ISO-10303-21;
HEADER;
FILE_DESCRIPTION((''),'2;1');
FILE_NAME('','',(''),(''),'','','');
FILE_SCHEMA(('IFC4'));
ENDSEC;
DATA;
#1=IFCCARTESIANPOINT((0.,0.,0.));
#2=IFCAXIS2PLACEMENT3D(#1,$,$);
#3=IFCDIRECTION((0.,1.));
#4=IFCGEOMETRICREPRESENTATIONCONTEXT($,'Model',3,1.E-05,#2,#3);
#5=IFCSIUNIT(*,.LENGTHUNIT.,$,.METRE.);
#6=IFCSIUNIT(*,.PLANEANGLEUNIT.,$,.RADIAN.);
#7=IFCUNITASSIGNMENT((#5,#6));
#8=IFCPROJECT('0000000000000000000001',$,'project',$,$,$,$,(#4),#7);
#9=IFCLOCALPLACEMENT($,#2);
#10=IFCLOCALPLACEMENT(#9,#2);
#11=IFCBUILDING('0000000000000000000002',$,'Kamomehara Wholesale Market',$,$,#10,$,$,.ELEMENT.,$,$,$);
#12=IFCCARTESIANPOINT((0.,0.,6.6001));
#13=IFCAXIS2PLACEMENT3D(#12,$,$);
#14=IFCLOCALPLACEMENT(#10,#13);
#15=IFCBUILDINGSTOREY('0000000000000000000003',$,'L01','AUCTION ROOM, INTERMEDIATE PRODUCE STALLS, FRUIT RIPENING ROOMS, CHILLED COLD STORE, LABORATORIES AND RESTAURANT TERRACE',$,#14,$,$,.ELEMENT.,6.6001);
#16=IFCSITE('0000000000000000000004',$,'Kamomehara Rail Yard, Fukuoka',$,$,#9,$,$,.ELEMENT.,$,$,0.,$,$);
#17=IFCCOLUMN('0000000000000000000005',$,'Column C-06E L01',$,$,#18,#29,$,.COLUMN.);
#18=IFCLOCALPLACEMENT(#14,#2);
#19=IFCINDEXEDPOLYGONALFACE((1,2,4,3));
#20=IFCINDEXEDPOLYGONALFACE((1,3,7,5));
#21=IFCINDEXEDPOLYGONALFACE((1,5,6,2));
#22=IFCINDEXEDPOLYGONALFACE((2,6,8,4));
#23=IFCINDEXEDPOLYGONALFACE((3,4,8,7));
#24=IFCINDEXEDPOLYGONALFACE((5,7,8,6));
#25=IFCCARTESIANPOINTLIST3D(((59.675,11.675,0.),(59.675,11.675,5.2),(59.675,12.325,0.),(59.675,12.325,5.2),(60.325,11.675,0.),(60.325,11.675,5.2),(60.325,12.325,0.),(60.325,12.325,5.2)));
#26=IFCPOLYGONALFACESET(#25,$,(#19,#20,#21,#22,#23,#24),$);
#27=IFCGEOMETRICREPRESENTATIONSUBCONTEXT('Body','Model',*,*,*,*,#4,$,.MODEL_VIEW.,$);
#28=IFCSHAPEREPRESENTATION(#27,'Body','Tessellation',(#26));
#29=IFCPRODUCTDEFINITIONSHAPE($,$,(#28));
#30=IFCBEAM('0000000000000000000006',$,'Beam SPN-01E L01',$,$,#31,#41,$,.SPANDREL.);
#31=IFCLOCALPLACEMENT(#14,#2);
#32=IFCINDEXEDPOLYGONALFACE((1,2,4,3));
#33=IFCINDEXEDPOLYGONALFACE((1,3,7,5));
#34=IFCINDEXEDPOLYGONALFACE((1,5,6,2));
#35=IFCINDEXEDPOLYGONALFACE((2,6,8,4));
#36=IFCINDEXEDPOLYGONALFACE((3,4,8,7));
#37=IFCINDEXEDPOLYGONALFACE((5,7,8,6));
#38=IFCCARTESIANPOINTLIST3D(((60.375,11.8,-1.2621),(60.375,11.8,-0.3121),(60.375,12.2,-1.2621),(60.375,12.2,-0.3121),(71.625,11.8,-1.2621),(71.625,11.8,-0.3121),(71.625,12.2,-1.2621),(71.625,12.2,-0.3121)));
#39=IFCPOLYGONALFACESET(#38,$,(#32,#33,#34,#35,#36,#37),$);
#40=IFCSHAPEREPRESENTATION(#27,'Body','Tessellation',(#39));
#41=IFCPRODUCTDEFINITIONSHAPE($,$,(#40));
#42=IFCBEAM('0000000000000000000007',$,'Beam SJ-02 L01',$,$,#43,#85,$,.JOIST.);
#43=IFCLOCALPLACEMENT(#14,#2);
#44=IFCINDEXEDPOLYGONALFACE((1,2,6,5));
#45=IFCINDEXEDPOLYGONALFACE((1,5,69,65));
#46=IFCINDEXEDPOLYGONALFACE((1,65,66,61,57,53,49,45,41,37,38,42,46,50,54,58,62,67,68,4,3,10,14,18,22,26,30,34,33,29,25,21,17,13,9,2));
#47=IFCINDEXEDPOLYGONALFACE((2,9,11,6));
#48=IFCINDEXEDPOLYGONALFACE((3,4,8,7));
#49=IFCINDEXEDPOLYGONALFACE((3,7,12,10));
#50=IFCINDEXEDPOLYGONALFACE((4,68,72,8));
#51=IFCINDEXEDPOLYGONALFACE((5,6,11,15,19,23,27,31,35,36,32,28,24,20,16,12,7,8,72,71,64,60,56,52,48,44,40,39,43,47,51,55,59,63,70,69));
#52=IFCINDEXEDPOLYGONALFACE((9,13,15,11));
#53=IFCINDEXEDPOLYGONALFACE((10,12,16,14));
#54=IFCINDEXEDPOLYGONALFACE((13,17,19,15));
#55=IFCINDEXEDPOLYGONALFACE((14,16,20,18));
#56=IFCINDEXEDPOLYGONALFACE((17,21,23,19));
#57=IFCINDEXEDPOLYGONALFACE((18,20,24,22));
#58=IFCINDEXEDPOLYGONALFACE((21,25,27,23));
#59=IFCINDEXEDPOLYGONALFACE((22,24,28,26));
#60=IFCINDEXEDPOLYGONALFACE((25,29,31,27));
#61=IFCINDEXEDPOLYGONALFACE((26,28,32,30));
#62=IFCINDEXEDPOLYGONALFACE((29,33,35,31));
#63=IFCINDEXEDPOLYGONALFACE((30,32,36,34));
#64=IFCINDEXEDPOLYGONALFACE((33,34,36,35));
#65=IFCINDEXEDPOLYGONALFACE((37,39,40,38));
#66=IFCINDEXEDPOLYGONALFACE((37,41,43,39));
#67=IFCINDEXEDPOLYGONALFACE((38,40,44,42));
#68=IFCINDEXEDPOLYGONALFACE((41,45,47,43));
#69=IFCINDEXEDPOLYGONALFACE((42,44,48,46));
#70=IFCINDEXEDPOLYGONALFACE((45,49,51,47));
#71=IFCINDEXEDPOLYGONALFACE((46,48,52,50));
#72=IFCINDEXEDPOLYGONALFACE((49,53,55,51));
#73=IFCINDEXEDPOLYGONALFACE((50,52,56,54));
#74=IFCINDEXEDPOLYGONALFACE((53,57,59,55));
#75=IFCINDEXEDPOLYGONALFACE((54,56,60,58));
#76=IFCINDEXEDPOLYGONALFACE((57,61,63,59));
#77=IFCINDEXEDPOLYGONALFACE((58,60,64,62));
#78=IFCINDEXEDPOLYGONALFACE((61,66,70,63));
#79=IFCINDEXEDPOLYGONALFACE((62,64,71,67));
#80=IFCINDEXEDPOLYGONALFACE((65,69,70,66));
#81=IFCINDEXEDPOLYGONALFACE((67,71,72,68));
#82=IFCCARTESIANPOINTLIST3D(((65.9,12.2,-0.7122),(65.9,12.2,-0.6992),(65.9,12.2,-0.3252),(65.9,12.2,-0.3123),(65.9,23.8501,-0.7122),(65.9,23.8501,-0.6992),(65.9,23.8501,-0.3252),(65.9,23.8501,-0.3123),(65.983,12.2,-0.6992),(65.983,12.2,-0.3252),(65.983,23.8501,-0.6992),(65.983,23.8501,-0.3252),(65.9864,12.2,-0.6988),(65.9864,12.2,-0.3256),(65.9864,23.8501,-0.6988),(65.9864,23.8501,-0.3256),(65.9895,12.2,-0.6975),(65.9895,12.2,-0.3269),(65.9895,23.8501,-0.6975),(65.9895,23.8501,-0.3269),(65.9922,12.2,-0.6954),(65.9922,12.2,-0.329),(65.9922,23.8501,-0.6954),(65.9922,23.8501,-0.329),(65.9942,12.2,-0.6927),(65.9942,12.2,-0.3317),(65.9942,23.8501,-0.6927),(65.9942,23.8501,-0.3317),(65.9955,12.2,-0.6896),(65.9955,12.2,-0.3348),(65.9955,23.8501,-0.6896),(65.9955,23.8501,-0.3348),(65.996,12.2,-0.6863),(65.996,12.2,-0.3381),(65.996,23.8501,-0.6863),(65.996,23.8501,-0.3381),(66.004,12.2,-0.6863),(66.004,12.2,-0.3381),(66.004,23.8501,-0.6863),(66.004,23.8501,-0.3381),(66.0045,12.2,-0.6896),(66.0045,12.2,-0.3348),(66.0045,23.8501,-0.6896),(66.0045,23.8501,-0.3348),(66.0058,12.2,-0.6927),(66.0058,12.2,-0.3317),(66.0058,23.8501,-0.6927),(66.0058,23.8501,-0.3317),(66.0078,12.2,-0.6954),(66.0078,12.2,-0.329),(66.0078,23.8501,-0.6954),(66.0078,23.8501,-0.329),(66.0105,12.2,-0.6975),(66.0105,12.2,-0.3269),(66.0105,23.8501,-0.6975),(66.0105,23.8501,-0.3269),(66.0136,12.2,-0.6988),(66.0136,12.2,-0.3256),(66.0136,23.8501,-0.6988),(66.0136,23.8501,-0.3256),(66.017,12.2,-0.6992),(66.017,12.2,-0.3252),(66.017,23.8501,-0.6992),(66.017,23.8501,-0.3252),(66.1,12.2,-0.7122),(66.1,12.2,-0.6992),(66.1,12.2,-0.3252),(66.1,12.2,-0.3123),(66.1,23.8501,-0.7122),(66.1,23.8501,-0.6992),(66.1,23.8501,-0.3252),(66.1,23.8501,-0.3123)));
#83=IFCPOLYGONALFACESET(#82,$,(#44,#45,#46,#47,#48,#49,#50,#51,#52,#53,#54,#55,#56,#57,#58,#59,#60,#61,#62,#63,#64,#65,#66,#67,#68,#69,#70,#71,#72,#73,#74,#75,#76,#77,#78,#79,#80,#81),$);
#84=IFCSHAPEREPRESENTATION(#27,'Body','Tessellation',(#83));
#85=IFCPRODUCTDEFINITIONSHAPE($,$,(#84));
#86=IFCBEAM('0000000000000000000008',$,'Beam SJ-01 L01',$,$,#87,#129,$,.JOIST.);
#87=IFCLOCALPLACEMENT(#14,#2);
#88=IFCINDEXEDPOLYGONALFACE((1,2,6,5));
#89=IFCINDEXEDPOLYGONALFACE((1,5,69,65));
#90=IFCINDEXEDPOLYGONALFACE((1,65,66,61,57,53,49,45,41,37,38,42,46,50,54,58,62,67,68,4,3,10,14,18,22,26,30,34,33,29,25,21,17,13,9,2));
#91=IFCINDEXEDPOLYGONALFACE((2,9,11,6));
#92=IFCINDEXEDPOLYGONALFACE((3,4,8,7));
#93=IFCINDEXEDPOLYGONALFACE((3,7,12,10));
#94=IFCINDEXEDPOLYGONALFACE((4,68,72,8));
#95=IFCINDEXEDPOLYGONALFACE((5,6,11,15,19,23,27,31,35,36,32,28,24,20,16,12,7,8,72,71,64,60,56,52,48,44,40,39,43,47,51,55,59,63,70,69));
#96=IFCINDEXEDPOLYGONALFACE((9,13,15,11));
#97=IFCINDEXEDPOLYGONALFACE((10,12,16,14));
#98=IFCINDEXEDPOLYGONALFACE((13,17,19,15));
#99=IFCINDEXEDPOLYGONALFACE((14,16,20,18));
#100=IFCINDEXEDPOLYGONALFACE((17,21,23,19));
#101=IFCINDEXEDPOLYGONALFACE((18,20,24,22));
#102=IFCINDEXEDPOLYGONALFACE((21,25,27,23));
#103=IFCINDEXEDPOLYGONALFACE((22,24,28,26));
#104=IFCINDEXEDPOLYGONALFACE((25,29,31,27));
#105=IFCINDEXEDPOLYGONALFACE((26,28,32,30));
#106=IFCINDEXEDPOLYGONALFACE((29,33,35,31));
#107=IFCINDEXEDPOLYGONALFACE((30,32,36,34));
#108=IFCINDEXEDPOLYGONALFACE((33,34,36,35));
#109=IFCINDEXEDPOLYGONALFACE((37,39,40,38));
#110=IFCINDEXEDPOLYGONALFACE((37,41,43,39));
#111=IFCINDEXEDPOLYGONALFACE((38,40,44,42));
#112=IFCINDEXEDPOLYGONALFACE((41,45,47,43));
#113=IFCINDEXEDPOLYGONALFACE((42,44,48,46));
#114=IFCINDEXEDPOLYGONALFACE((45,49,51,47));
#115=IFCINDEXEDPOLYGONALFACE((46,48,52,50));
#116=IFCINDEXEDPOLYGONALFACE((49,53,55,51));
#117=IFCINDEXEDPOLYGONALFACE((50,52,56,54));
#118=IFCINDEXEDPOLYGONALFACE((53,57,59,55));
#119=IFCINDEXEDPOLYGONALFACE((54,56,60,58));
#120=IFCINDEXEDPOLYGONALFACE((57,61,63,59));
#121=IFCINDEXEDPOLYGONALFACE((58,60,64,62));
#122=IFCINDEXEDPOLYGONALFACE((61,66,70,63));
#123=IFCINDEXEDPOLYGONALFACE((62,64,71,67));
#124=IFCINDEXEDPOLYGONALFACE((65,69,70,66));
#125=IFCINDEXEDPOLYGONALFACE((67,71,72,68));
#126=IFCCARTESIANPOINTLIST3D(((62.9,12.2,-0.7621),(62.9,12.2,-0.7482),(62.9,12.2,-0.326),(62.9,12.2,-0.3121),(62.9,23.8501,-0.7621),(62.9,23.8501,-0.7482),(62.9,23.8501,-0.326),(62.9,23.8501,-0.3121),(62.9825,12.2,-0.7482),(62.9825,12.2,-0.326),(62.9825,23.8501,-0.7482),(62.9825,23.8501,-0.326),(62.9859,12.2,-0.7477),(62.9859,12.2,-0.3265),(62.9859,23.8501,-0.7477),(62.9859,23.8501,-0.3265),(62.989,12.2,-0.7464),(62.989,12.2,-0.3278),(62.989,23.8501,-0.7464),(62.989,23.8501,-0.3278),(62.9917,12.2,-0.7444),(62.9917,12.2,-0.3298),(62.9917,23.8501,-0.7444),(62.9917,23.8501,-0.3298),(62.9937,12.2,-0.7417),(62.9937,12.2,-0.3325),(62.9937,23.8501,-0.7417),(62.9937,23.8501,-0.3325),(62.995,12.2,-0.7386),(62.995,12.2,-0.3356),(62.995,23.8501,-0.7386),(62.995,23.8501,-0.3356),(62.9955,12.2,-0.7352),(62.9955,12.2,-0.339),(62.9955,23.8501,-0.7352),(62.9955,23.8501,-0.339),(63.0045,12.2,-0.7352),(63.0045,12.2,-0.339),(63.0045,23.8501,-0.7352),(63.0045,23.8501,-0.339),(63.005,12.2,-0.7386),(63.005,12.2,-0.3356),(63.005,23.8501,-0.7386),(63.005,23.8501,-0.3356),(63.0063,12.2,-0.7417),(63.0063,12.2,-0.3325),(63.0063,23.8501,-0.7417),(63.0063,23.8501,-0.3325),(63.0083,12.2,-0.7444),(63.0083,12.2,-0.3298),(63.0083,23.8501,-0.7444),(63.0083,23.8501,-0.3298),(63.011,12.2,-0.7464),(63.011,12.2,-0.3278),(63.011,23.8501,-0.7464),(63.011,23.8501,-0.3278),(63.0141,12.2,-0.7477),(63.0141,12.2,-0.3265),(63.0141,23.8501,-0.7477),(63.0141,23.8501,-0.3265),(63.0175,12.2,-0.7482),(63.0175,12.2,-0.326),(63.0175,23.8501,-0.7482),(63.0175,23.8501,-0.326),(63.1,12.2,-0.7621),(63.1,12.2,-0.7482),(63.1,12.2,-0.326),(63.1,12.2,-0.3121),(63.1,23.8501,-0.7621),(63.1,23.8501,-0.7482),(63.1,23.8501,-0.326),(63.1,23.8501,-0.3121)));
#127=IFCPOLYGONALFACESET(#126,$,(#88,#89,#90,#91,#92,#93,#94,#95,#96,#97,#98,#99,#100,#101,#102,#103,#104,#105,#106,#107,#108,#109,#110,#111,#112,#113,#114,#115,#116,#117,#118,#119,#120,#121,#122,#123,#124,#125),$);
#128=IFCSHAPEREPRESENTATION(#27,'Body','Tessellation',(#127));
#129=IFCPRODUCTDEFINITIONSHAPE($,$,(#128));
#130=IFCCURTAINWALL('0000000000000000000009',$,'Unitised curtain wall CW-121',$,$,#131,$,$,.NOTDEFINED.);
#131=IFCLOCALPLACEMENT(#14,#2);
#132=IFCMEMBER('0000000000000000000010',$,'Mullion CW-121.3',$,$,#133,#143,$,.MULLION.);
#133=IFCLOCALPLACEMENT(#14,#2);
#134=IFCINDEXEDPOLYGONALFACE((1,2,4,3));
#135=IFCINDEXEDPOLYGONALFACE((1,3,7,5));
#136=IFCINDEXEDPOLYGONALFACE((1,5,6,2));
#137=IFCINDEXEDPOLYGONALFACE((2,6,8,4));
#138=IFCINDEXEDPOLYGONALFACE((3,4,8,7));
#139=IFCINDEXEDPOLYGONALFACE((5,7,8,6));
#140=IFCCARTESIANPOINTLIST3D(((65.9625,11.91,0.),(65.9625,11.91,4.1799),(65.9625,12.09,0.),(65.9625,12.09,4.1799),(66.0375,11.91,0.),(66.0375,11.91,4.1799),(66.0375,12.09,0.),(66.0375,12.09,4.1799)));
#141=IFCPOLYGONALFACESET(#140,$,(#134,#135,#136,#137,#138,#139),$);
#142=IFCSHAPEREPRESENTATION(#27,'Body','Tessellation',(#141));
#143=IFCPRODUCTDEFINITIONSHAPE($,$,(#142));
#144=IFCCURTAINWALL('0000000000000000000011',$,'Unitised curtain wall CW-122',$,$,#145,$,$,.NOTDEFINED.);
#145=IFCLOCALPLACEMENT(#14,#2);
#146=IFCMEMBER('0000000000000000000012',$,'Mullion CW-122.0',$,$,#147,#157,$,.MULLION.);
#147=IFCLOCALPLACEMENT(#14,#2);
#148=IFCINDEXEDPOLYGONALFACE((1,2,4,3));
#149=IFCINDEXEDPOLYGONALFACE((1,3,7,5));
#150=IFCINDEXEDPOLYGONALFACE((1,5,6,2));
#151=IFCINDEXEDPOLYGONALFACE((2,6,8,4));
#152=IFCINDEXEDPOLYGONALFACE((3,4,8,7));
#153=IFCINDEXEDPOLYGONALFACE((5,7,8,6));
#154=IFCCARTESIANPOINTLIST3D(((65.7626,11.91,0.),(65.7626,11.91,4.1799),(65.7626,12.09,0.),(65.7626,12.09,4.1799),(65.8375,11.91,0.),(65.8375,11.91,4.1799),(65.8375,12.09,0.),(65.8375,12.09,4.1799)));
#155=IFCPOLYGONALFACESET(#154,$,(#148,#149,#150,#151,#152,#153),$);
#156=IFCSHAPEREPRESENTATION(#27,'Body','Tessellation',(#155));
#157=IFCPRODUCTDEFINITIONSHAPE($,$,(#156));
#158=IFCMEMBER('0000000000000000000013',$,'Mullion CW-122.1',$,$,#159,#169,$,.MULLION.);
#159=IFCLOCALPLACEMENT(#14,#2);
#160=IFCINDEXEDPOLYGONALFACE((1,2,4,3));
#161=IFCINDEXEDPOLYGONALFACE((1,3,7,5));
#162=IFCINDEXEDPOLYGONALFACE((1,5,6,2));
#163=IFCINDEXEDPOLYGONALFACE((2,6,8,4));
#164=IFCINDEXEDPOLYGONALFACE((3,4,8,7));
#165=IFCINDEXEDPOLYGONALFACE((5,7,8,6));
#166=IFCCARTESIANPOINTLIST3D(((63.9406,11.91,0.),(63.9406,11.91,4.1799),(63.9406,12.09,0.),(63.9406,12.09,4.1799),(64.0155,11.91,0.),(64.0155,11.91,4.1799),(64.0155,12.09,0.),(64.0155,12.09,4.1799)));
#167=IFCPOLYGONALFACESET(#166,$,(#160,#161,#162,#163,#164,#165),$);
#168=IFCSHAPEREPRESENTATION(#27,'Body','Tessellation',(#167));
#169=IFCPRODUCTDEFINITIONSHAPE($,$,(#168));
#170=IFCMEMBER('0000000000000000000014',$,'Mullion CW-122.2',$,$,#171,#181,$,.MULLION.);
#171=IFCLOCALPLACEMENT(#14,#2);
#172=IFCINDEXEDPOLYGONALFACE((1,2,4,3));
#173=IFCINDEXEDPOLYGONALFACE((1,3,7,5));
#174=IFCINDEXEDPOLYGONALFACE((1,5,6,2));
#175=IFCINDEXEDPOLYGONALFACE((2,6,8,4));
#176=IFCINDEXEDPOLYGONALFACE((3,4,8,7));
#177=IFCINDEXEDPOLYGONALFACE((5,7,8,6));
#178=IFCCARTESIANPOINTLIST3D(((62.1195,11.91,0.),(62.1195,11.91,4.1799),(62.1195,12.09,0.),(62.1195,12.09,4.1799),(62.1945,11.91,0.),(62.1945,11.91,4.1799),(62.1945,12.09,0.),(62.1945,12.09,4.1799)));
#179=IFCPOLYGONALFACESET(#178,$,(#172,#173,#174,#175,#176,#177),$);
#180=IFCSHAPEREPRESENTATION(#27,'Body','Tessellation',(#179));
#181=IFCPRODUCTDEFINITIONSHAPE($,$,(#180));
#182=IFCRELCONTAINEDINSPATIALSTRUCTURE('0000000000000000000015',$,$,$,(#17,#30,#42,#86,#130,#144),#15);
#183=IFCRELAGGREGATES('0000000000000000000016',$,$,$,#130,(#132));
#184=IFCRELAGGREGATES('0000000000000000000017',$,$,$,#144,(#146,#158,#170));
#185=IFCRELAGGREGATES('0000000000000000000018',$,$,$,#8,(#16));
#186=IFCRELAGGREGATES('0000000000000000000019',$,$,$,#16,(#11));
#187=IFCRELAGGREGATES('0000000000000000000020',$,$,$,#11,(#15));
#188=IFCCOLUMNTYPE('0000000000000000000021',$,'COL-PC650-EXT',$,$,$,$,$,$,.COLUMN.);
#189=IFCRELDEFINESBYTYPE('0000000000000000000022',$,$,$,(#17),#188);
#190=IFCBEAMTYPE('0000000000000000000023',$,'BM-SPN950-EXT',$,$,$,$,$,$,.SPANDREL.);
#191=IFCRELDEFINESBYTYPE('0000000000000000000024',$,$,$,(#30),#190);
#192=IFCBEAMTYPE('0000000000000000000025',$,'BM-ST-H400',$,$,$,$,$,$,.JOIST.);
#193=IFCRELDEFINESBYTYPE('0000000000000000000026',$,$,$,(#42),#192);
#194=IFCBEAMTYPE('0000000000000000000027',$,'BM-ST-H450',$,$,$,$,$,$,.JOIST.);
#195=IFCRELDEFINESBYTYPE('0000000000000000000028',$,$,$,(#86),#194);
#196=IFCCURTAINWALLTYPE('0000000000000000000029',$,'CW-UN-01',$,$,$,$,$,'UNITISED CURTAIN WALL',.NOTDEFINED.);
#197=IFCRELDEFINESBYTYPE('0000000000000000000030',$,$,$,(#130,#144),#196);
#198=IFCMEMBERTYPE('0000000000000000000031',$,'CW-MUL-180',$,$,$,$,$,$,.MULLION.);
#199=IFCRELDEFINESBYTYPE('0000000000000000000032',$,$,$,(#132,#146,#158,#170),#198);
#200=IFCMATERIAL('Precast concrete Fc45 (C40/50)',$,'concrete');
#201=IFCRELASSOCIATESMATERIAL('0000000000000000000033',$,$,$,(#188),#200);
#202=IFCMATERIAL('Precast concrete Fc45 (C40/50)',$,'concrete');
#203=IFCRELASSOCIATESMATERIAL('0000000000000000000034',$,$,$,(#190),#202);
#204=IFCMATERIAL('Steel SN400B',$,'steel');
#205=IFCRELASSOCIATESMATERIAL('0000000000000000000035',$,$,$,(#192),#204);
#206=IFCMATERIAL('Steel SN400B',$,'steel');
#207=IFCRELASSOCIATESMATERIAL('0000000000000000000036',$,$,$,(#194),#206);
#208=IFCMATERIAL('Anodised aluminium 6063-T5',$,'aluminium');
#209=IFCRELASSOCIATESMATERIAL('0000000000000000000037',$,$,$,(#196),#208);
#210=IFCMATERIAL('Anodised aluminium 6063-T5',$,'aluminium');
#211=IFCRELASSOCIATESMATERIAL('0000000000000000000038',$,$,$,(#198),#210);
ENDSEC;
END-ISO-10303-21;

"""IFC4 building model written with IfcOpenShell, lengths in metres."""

from ifc_helpers import new_model, si_unit, direction, frame, origin, origin_2d, place, context, subcontext, project, spatial, rectangle, i_section, extrude, material, material_profile, profile_set, type_object, element, aggregate, save


model = new_model("IFC4")

# Units and contexts
model_context = context("Model", 3, precision=1e-05, world=origin(), true_north=direction((0.0, 1.0)))
body_context = subcontext(model_context, "Body", "Model", "MODEL_VIEW")
ifc_project = project(units=[si_unit("LENGTHUNIT", "METRE"), si_unit("PLANEANGLEUNIT", "RADIAN")], contexts=[model_context])

# Site, building, storey
site_placement = place(None, origin())
site = spatial("IfcSite", under=ifc_project, at=site_placement, Name="Kamomehara Rail Yard, Fukuoka", CompositionType="ELEMENT", RefElevation=0.0)
building_placement = place(site_placement, origin())
building = spatial("IfcBuilding", under=site, at=building_placement, Name="Kamomehara Wholesale Market", CompositionType="ELEMENT")
storey_placement = place(building_placement, frame((0.0, 0.0, 6.6001)))
storey = spatial("IfcBuildingStorey", under=building, at=storey_placement, Name="L01", Description="AUCTION ROOM, INTERMEDIATE PRODUCE STALLS, FRUIT RIPENING ROOMS, CHILLED COLD STORE, LABORATORIES AND RESTAURANT TERRACE", CompositionType="ELEMENT", Elevation=6.6001)

# Column
ifc_material_1 = material(Name="Precast concrete Fc45 (C40/50)", Category="concrete")
ifc_material_profile_1 = material_profile(ifc_material_1, rectangle(XDim=0.6499, YDim=0.6499, at=origin_2d()), Name="PC-COL-650x650")
ifc_profile_set_1 = profile_set([ifc_material_profile_1], Name="Precast concrete Fc45 (C40/50)")
column_type = type_object("IfcColumnType", Name="COL-PC650-EXT", PredefinedType="COLUMN", material=ifc_profile_set_1)
column_placement = place(storey_placement, frame((60.0, 12.0, 0.0), z_axis=(0.0, 0.0, 1.0), x_axis=(1.0, 0.0, 0.0)))
element("IfcColumn", 1, at=column_placement, inside=storey, type_object=column_type, Name="Column C-06E L01", PredefinedType="COLUMN", context=body_context, shape_type="SweptSolid", body=[
    extrude(rectangle(XDim=0.6499, YDim=0.6499, at=origin_2d()), origin(), (0.0, 0.0, 1.0), 5.2),
])

# Beams
ifc_material_2 = material(Name="Precast concrete Fc45 (C40/50)", Category="concrete")
ifc_material_profile_2 = material_profile(ifc_material_2, rectangle(XDim=0.3999, YDim=0.95, at=origin_2d()), Name="PC-SPN-400x950")
ifc_profile_set_2 = profile_set([ifc_material_profile_2], Name="Precast concrete Fc45 (C40/50)")
beam_type_1 = type_object("IfcBeamType", Name="BM-SPN950-EXT", PredefinedType="SPANDREL", material=ifc_profile_set_2)
beam_1_placement = place(storey_placement, frame((60.375, 12.0, -0.7871), z_axis=(1.0, 0.0, 0.0), x_axis=(0.0, 1.0, 0.0)))
element("IfcBeam", 2, at=beam_1_placement, inside=storey, type_object=beam_type_1, Name="Beam SPN-01E L01", PredefinedType="SPANDREL", context=body_context, shape_type="SweptSolid", body=[
    extrude(rectangle(XDim=0.3999, YDim=0.95, at=origin_2d()), origin(), (0.0, 0.0, 1.0), 11.25),
])
ifc_material_3 = material(Name="Steel SN400B", Category="steel")
ifc_material_profile_3 = material_profile(ifc_material_3, i_section(OverallWidth=0.2, OverallDepth=0.3999, WebThickness=0.0081, FlangeThickness=0.0129, FilletRadius=0.0129, at=origin_2d()), Name="H-400x200x8x13")
ifc_profile_set_3 = profile_set([ifc_material_profile_3], Name="Steel SN400B")
beam_type_2 = type_object("IfcBeamType", Name="BM-ST-H400", PredefinedType="JOIST", material=ifc_profile_set_3)
beam_2_placement = place(storey_placement, frame((66.0, 12.2, -0.5122), z_axis=(0.0, 1.0, 0.0), x_axis=(-1.0, 0.0, 0.0)))
element("IfcBeam", 3, at=beam_2_placement, inside=storey, type_object=beam_type_2, Name="Beam SJ-02 L01", PredefinedType="JOIST", context=body_context, shape_type="SweptSolid", body=[
    extrude(i_section(OverallWidth=0.2, OverallDepth=0.3999, WebThickness=0.0081, FlangeThickness=0.0129, FilletRadius=0.0129, at=origin_2d()), origin(), (0.0, 0.0, 1.0), 11.6501),
])
ifc_material_4 = material(Name="Steel SN400B", Category="steel")
ifc_material_profile_4 = material_profile(ifc_material_4, i_section(OverallWidth=0.2, OverallDepth=0.45, WebThickness=0.009, FlangeThickness=0.0139, FilletRadius=0.0129, at=origin_2d()), Name="H-450x200x9x14")
ifc_profile_set_4 = profile_set([ifc_material_profile_4], Name="Steel SN400B")
beam_type_3 = type_object("IfcBeamType", Name="BM-ST-H450", PredefinedType="JOIST", material=ifc_profile_set_4)
beam_3_placement = place(storey_placement, frame((63.0, 12.2, -0.5371), z_axis=(0.0, 1.0, 0.0), x_axis=(-1.0, 0.0, 0.0)))
element("IfcBeam", 4, at=beam_3_placement, inside=storey, type_object=beam_type_3, Name="Beam SJ-01 L01", PredefinedType="JOIST", context=body_context, shape_type="SweptSolid", body=[
    extrude(i_section(OverallWidth=0.2, OverallDepth=0.45, WebThickness=0.009, FlangeThickness=0.0139, FilletRadius=0.0129, at=origin_2d()), origin(), (0.0, 0.0, 1.0), 11.6501),
])

# Curtain wall, member
ifc_material_5 = material(Name="Anodised aluminium 6063-T5", Category="aluminium")
curtain_wall_type = type_object("IfcCurtainWallType", Name="CW-UN-01", ElementType="UNITISED CURTAIN WALL", PredefinedType="NOTDEFINED", material=ifc_material_5)
curtain_wall_1_placement = place(storey_placement, origin())
curtain_wall_1 = element("IfcCurtainWall", 5, at=curtain_wall_1_placement, inside=storey, type_object=curtain_wall_type, Name="Unitised curtain wall CW-121", PredefinedType="NOTDEFINED")
ifc_material_6 = material(Name="Anodised aluminium 6063-T5", Category="aluminium")
ifc_material_profile_5 = material_profile(ifc_material_6, rectangle(XDim=0.075, YDim=0.1799, at=origin_2d()), Name="ALU-MUL-75x180")
ifc_profile_set_5 = profile_set([ifc_material_profile_5], Name="Anodised aluminium 6063-T5")
member_type_1 = type_object("IfcMemberType", Name="CW-MUL-180", PredefinedType="MULLION", material=ifc_profile_set_5)
member_1_placement = place(storey_placement, frame((66.0, 12.0, 0.0), z_axis=(0.0, 0.0, 1.0), x_axis=(-1.0, 0.0, 0.0)))
member_1 = element("IfcMember", 6, at=member_1_placement, type_object=member_type_1, Name="Mullion CW-121.3", PredefinedType="MULLION", context=body_context, shape_type="SweptSolid", body=[
    extrude(rectangle(XDim=0.075, YDim=0.1799, at=origin_2d()), origin(), (0.0, 0.0, 1.0), 4.1799),
])

# Curtain wall, members
curtain_wall_2_placement = place(storey_placement, origin())
curtain_wall_2 = element("IfcCurtainWall", 7, at=curtain_wall_2_placement, inside=storey, type_object=curtain_wall_type, Name="Unitised curtain wall CW-122", PredefinedType="NOTDEFINED")
member_2_placement = place(storey_placement, frame((65.8, 12.0, 0.0), z_axis=(0.0, 0.0, 1.0), x_axis=(-1.0, 0.0, 0.0)))
member_2 = element("IfcMember", 8, at=member_2_placement, type_object=member_type_1, Name="Mullion CW-122.0", PredefinedType="MULLION", context=body_context, shape_type="SweptSolid", body=[
    extrude(rectangle(XDim=0.075, YDim=0.1799, at=origin_2d()), origin(), (0.0, 0.0, 1.0), 4.1799),
])
member_3_placement = place(storey_placement, frame((63.978, 12.0, 0.0), z_axis=(0.0, 0.0, 1.0), x_axis=(-1.0, 0.0, 0.0)))
member_3 = element("IfcMember", 9, at=member_3_placement, type_object=member_type_1, Name="Mullion CW-122.1", PredefinedType="MULLION", context=body_context, shape_type="SweptSolid", body=[
    extrude(rectangle(XDim=0.075, YDim=0.1799, at=origin_2d()), origin(), (0.0, 0.0, 1.0), 4.1799),
])
member_4_placement = place(storey_placement, frame((62.157, 12.0, 0.0), z_axis=(0.0, 0.0, 1.0), x_axis=(-1.0, 0.0, 0.0)))
member_4 = element("IfcMember", 10, at=member_4_placement, type_object=member_type_1, Name="Mullion CW-122.2", PredefinedType="MULLION", context=body_context, shape_type="SweptSolid", body=[
    extrude(rectangle(XDim=0.075, YDim=0.1799, at=origin_2d()), origin(), (0.0, 0.0, 1.0), 4.1799),
])

aggregate(curtain_wall_1, [member_1])
aggregate(curtain_wall_2, [member_2, member_3, member_4])

save(model, "model.ifc")
